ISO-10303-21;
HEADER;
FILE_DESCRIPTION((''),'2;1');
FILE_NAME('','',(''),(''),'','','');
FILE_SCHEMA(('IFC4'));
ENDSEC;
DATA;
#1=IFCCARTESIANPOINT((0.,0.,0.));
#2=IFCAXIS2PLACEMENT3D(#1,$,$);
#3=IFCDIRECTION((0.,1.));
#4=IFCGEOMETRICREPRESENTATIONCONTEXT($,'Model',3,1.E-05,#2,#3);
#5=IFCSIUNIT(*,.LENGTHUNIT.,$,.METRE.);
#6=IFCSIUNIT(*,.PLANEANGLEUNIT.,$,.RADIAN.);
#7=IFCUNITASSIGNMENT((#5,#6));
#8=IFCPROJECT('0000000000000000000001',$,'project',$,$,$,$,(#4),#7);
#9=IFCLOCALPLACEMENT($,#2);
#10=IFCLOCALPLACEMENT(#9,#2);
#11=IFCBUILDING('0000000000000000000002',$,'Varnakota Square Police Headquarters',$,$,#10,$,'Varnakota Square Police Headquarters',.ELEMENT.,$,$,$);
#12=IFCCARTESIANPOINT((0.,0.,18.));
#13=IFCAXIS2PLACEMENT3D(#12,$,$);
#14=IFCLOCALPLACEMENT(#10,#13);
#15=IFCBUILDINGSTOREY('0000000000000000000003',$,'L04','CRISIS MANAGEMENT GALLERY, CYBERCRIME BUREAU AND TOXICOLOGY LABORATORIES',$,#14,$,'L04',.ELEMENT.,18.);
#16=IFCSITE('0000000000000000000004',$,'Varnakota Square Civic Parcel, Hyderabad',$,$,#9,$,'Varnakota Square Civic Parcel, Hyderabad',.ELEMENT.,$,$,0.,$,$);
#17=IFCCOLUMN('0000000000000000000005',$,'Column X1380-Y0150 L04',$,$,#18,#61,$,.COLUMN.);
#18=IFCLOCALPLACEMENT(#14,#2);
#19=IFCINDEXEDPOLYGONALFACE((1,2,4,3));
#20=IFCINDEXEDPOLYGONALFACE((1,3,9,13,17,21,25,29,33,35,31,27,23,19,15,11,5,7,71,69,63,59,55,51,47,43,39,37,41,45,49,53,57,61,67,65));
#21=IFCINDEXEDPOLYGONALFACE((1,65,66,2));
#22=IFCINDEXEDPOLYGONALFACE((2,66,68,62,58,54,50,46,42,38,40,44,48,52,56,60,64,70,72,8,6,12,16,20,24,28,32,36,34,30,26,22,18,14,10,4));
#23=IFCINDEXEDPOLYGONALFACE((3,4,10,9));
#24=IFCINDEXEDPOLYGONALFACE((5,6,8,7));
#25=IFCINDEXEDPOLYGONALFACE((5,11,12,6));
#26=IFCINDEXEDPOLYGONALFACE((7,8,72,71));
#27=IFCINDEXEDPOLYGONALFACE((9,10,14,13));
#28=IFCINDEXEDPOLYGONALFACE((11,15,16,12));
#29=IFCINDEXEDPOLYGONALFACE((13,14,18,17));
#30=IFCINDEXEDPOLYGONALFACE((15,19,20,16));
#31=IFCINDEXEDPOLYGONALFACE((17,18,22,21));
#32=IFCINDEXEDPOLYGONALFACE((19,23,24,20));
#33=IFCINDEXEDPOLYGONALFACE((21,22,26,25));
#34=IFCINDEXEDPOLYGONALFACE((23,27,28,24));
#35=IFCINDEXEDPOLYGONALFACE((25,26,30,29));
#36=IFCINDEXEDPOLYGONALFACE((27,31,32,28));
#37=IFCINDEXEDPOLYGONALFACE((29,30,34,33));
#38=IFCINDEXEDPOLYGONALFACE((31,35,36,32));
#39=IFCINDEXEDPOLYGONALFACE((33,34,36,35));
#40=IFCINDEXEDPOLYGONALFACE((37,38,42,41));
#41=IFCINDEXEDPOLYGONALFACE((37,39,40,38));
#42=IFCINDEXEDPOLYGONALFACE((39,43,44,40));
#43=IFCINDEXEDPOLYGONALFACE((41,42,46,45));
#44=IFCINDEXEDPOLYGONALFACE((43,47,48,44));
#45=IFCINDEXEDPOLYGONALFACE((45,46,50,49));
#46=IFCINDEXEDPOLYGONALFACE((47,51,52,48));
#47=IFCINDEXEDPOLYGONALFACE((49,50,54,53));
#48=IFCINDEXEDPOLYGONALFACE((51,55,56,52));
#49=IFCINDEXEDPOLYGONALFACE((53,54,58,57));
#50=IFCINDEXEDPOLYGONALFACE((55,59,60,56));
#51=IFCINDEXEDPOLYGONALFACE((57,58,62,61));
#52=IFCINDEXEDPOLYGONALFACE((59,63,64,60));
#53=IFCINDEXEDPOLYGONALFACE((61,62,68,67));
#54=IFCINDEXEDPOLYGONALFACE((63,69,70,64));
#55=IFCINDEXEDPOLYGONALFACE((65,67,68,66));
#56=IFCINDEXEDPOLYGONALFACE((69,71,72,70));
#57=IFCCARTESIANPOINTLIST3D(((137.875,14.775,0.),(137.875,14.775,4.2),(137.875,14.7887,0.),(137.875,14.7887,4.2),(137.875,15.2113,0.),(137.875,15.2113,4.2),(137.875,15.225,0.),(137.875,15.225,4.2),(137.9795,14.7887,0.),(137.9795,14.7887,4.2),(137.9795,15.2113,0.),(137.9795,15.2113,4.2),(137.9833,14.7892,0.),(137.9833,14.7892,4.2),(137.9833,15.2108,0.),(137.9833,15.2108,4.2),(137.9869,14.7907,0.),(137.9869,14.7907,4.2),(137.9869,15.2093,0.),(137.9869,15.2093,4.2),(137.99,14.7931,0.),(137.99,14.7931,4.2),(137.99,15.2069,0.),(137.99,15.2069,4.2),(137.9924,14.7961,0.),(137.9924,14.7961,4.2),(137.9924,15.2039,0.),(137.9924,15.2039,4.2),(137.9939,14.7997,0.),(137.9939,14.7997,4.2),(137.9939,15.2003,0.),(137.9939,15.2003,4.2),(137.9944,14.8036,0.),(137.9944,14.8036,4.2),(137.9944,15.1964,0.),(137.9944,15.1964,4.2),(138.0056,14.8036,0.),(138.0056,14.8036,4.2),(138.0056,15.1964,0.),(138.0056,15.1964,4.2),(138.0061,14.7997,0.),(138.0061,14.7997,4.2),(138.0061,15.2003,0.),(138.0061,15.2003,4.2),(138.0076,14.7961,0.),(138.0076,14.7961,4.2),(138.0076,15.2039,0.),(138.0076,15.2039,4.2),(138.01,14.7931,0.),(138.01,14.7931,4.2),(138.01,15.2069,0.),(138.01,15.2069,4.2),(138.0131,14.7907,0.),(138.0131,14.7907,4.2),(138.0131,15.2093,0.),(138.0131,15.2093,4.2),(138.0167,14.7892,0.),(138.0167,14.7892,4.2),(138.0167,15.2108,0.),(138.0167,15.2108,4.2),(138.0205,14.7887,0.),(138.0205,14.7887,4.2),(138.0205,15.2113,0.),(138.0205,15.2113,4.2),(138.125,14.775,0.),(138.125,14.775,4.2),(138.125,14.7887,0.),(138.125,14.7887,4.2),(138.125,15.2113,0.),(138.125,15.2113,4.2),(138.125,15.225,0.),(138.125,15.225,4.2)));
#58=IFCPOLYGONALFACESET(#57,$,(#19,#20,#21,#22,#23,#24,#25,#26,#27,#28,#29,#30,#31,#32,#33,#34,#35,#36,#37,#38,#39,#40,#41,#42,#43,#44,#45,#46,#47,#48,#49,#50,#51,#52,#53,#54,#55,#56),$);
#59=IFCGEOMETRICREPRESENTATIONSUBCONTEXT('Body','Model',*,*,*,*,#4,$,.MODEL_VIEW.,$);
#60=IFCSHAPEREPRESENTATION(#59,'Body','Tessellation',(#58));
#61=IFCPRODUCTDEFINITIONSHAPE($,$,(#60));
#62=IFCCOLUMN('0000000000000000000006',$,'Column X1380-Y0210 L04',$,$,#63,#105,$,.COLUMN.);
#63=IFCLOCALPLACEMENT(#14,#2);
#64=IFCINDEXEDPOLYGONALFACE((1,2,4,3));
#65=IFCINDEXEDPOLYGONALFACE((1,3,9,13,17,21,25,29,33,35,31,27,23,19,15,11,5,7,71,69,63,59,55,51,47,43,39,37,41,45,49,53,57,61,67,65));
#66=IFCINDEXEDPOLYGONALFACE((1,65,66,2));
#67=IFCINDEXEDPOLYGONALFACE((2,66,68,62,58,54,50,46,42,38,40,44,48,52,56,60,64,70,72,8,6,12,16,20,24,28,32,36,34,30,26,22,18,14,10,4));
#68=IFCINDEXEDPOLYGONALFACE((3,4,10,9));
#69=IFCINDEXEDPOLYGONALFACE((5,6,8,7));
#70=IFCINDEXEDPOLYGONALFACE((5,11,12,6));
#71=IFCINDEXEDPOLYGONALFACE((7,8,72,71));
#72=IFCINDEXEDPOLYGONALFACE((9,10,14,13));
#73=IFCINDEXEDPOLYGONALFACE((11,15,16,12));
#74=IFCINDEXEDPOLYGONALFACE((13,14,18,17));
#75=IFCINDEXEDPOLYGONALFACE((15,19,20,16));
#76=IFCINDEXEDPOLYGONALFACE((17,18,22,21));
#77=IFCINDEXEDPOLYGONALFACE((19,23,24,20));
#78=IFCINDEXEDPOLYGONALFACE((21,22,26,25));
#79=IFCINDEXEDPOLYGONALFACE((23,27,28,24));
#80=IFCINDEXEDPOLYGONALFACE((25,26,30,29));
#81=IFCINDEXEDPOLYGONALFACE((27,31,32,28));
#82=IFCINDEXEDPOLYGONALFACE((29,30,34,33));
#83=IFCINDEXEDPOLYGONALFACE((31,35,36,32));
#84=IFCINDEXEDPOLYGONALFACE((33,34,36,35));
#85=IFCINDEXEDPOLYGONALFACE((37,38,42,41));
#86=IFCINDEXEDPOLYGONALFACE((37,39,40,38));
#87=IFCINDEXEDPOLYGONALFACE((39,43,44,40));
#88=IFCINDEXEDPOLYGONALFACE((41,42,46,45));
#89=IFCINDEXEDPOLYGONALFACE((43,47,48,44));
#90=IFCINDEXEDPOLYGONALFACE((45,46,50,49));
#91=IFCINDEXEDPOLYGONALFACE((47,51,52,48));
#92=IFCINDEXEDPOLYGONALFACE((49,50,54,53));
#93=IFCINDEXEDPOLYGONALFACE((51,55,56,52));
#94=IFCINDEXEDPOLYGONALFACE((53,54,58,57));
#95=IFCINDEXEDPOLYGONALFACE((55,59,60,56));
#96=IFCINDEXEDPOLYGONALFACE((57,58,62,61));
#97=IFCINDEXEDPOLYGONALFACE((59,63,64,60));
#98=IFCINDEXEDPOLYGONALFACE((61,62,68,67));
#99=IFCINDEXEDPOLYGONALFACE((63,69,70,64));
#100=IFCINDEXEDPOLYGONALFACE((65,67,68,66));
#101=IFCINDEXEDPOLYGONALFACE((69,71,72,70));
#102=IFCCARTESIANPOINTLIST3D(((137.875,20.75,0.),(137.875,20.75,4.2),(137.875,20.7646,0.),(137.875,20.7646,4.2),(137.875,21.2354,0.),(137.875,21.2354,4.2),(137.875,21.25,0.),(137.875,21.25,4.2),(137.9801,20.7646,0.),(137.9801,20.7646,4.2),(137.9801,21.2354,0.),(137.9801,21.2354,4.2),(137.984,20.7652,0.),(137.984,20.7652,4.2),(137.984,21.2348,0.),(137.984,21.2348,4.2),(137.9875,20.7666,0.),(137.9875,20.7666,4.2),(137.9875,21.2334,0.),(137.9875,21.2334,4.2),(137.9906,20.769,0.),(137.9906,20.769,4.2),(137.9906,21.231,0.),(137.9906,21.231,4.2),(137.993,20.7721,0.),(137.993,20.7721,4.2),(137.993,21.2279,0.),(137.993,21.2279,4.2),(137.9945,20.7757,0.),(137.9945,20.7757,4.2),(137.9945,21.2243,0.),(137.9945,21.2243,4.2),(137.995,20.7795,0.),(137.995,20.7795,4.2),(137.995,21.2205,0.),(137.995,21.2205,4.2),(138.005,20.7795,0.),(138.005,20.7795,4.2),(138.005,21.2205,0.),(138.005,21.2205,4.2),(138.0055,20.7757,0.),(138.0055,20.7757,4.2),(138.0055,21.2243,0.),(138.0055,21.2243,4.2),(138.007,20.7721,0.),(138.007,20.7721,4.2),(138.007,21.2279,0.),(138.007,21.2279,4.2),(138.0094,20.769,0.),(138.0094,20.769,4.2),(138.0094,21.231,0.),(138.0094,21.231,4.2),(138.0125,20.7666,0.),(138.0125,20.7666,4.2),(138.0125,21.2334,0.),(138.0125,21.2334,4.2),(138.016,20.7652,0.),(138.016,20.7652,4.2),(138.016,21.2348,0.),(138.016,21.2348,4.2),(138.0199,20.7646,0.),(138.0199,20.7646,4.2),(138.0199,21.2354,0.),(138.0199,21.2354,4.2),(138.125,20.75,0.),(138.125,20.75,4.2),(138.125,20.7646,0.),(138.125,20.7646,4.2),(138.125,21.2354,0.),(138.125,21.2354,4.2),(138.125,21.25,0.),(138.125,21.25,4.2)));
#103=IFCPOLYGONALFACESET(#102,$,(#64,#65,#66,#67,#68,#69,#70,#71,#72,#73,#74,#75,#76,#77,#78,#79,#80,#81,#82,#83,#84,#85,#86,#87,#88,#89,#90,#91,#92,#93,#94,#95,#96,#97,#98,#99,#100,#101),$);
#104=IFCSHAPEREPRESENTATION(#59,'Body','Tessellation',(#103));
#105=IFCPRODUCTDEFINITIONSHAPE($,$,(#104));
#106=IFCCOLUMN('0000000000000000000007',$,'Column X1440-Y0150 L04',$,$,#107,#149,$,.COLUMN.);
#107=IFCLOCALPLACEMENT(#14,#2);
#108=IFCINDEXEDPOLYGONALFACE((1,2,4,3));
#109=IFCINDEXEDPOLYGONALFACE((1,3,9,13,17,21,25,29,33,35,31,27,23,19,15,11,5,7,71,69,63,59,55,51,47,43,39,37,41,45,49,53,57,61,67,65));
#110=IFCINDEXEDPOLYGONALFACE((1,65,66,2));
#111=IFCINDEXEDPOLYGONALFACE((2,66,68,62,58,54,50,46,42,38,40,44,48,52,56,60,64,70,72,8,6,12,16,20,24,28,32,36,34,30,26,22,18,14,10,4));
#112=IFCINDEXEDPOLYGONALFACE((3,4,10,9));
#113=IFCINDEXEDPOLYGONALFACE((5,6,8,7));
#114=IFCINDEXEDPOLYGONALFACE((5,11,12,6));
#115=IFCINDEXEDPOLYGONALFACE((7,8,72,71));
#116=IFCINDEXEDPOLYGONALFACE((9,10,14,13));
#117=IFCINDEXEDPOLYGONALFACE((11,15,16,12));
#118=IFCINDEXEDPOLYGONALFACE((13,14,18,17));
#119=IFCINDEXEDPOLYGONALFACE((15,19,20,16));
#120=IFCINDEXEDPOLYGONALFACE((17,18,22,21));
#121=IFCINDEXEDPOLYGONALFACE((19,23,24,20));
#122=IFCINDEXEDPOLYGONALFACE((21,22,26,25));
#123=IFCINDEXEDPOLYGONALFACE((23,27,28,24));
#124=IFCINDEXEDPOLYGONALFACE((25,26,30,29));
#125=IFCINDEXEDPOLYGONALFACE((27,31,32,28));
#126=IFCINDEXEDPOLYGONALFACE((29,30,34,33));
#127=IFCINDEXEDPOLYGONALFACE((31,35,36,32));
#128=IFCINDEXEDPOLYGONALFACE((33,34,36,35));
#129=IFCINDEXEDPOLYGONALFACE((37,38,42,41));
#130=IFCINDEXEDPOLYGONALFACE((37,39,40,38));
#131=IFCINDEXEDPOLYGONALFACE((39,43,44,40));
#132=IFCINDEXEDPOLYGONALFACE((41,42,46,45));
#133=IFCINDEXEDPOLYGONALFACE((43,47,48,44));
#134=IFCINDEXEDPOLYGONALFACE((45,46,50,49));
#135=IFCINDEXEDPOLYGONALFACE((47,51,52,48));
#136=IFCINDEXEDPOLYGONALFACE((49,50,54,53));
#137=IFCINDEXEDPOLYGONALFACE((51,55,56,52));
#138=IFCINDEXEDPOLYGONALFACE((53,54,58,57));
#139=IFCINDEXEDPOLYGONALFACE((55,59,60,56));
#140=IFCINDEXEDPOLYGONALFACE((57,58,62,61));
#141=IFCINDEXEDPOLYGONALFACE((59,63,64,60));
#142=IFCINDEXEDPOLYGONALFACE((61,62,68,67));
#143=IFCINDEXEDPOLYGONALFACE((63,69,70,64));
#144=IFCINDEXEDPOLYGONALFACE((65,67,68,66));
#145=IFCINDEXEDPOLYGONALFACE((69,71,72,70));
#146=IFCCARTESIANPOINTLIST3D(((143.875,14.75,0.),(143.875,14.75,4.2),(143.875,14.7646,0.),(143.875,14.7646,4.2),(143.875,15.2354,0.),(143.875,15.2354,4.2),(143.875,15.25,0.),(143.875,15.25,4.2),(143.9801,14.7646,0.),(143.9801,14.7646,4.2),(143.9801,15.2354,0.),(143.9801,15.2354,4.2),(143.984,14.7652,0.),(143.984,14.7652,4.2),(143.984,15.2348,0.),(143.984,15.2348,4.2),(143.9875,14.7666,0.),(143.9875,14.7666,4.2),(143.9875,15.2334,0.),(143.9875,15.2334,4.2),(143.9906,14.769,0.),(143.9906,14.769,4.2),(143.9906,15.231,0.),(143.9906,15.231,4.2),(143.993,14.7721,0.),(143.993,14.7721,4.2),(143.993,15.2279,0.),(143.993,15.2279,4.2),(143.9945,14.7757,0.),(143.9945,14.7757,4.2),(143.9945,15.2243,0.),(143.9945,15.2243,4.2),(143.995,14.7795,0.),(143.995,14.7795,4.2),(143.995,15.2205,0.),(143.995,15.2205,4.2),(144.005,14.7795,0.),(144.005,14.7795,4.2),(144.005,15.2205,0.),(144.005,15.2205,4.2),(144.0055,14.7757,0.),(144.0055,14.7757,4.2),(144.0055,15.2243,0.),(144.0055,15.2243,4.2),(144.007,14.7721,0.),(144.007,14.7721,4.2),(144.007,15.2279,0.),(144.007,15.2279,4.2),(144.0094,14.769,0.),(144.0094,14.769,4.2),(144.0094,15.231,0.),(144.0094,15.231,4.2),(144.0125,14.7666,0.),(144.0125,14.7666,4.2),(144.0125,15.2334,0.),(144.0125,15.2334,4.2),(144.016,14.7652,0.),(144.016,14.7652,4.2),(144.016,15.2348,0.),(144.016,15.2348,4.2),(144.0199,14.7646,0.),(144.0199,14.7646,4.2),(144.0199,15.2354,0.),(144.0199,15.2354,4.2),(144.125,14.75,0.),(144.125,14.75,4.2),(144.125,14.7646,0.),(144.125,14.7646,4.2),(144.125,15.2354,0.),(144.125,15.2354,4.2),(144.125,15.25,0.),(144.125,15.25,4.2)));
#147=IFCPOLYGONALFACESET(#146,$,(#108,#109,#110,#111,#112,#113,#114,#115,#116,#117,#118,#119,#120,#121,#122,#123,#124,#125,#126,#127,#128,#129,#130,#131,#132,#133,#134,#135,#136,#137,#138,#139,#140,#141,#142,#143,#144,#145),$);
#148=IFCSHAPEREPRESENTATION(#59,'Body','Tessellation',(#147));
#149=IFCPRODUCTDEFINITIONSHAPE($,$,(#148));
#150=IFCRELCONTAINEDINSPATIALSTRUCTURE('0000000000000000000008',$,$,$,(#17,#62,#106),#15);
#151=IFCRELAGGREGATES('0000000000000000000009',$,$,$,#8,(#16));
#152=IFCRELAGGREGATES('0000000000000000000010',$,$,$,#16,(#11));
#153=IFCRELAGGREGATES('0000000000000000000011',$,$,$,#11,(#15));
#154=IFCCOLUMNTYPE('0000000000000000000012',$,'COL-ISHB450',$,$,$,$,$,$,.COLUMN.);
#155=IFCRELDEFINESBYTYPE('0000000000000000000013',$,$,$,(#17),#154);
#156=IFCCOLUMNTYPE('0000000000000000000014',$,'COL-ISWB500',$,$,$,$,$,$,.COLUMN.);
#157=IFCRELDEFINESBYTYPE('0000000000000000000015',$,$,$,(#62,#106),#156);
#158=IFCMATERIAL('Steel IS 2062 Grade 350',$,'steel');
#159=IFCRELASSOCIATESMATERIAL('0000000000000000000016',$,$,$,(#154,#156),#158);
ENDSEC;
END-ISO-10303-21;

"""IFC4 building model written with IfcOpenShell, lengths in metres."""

from ifc_helpers import new_model, si_unit, direction, frame, origin, origin_2d, place, context, subcontext, project, spatial, i_section, extrude, material, material_profile, profile_set, type_object, element, save


model = new_model("IFC4")

# Units and contexts
model_context = context("Model", 3, precision=1e-05, world=origin(), true_north=direction((0.0, 1.0)))
body_context = subcontext(model_context, "Body", "Model", "MODEL_VIEW")
ifc_project = project(units=[si_unit("LENGTHUNIT", "METRE"), si_unit("PLANEANGLEUNIT", "RADIAN")], contexts=[model_context])

# Site, building, storey
site_placement = place(None, origin())
site = spatial("IfcSite", under=ifc_project, at=site_placement, Name="Varnakota Square Civic Parcel, Hyderabad", LongName="Varnakota Square Civic Parcel, Hyderabad", CompositionType="ELEMENT", RefElevation=0.0)
building_placement = place(site_placement, origin())
building = spatial("IfcBuilding", under=site, at=building_placement, Name="Varnakota Square Police Headquarters", LongName="Varnakota Square Police Headquarters", CompositionType="ELEMENT")
storey_placement = place(building_placement, frame((0.0, 0.0, 18.0)))
storey = spatial("IfcBuildingStorey", under=building, at=storey_placement, Name="L04", Description="CRISIS MANAGEMENT GALLERY, CYBERCRIME BUREAU AND TOXICOLOGY LABORATORIES", LongName="L04", CompositionType="ELEMENT", Elevation=18.0)

# Columns
ifc_material_1 = material(Name="Steel IS 2062 Grade 350", Category="steel")
ifc_material_profile_1 = material_profile(ifc_material_1, i_section(OverallWidth=0.25, OverallDepth=0.45, WebThickness=0.0112, FlangeThickness=0.0137, FilletRadius=0.0149, at=origin_2d()), Name="ISHB 450")
ifc_profile_set_1 = profile_set([ifc_material_profile_1], Name="Steel IS 2062 Grade 350")
column_type_1 = type_object("IfcColumnType", Name="COL-ISHB450", PredefinedType="COLUMN", material=ifc_profile_set_1)
column_placement = place(storey_placement, frame((138.0, 15.0, 0.0), z_axis=(0.0, 0.0, 1.0), x_axis=(1.0, 0.0, 0.0)))
element("IfcColumn", 1, at=column_placement, inside=storey, type_object=column_type_1, Name="Column X1380-Y0150 L04", PredefinedType="COLUMN", context=body_context, shape_type="SweptSolid", body=[
    extrude(i_section(OverallWidth=0.25, OverallDepth=0.45, WebThickness=0.0112, FlangeThickness=0.0137, FilletRadius=0.0149, at=origin_2d()), origin(), (0.0, 0.0, 1.0), 4.2),
])
ifc_material_profile_2 = material_profile(ifc_material_1, i_section(OverallWidth=0.25, OverallDepth=0.5, WebThickness=0.01, FlangeThickness=0.0146, FilletRadius=0.0149, at=origin_2d()), Name="ISWB 500")
ifc_profile_set_2 = profile_set([ifc_material_profile_2], Name="Steel IS 2062 Grade 350")
column_type_2 = type_object("IfcColumnType", Name="COL-ISWB500", PredefinedType="COLUMN", material=ifc_profile_set_2)
for number, where, z_axis, x_axis, name in (
    (2, (138.0, 21.0, 0.0), (0.0, 0.0, 1.0), (1.0, 0.0, 0.0), "Column X1380-Y0210 L04"),
    (3, (144.0, 15.0, 0.0), (0.0, 0.0, 1.0), (1.0, 0.0, 0.0), "Column X1440-Y0150 L04"),
):
    element("IfcColumn", number, at=place(storey_placement, frame(where, z_axis=z_axis, x_axis=x_axis)), inside=storey, type_object=column_type_2, Name=name, PredefinedType="COLUMN", context=body_context, shape_type="SweptSolid", body=[
        extrude(i_section(OverallWidth=0.25, OverallDepth=0.5, WebThickness=0.01, FlangeThickness=0.0146, FilletRadius=0.0149, at=origin_2d()), origin(), (0.0, 0.0, 1.0), 4.2),
    ])

save(model, "model.ifc")
